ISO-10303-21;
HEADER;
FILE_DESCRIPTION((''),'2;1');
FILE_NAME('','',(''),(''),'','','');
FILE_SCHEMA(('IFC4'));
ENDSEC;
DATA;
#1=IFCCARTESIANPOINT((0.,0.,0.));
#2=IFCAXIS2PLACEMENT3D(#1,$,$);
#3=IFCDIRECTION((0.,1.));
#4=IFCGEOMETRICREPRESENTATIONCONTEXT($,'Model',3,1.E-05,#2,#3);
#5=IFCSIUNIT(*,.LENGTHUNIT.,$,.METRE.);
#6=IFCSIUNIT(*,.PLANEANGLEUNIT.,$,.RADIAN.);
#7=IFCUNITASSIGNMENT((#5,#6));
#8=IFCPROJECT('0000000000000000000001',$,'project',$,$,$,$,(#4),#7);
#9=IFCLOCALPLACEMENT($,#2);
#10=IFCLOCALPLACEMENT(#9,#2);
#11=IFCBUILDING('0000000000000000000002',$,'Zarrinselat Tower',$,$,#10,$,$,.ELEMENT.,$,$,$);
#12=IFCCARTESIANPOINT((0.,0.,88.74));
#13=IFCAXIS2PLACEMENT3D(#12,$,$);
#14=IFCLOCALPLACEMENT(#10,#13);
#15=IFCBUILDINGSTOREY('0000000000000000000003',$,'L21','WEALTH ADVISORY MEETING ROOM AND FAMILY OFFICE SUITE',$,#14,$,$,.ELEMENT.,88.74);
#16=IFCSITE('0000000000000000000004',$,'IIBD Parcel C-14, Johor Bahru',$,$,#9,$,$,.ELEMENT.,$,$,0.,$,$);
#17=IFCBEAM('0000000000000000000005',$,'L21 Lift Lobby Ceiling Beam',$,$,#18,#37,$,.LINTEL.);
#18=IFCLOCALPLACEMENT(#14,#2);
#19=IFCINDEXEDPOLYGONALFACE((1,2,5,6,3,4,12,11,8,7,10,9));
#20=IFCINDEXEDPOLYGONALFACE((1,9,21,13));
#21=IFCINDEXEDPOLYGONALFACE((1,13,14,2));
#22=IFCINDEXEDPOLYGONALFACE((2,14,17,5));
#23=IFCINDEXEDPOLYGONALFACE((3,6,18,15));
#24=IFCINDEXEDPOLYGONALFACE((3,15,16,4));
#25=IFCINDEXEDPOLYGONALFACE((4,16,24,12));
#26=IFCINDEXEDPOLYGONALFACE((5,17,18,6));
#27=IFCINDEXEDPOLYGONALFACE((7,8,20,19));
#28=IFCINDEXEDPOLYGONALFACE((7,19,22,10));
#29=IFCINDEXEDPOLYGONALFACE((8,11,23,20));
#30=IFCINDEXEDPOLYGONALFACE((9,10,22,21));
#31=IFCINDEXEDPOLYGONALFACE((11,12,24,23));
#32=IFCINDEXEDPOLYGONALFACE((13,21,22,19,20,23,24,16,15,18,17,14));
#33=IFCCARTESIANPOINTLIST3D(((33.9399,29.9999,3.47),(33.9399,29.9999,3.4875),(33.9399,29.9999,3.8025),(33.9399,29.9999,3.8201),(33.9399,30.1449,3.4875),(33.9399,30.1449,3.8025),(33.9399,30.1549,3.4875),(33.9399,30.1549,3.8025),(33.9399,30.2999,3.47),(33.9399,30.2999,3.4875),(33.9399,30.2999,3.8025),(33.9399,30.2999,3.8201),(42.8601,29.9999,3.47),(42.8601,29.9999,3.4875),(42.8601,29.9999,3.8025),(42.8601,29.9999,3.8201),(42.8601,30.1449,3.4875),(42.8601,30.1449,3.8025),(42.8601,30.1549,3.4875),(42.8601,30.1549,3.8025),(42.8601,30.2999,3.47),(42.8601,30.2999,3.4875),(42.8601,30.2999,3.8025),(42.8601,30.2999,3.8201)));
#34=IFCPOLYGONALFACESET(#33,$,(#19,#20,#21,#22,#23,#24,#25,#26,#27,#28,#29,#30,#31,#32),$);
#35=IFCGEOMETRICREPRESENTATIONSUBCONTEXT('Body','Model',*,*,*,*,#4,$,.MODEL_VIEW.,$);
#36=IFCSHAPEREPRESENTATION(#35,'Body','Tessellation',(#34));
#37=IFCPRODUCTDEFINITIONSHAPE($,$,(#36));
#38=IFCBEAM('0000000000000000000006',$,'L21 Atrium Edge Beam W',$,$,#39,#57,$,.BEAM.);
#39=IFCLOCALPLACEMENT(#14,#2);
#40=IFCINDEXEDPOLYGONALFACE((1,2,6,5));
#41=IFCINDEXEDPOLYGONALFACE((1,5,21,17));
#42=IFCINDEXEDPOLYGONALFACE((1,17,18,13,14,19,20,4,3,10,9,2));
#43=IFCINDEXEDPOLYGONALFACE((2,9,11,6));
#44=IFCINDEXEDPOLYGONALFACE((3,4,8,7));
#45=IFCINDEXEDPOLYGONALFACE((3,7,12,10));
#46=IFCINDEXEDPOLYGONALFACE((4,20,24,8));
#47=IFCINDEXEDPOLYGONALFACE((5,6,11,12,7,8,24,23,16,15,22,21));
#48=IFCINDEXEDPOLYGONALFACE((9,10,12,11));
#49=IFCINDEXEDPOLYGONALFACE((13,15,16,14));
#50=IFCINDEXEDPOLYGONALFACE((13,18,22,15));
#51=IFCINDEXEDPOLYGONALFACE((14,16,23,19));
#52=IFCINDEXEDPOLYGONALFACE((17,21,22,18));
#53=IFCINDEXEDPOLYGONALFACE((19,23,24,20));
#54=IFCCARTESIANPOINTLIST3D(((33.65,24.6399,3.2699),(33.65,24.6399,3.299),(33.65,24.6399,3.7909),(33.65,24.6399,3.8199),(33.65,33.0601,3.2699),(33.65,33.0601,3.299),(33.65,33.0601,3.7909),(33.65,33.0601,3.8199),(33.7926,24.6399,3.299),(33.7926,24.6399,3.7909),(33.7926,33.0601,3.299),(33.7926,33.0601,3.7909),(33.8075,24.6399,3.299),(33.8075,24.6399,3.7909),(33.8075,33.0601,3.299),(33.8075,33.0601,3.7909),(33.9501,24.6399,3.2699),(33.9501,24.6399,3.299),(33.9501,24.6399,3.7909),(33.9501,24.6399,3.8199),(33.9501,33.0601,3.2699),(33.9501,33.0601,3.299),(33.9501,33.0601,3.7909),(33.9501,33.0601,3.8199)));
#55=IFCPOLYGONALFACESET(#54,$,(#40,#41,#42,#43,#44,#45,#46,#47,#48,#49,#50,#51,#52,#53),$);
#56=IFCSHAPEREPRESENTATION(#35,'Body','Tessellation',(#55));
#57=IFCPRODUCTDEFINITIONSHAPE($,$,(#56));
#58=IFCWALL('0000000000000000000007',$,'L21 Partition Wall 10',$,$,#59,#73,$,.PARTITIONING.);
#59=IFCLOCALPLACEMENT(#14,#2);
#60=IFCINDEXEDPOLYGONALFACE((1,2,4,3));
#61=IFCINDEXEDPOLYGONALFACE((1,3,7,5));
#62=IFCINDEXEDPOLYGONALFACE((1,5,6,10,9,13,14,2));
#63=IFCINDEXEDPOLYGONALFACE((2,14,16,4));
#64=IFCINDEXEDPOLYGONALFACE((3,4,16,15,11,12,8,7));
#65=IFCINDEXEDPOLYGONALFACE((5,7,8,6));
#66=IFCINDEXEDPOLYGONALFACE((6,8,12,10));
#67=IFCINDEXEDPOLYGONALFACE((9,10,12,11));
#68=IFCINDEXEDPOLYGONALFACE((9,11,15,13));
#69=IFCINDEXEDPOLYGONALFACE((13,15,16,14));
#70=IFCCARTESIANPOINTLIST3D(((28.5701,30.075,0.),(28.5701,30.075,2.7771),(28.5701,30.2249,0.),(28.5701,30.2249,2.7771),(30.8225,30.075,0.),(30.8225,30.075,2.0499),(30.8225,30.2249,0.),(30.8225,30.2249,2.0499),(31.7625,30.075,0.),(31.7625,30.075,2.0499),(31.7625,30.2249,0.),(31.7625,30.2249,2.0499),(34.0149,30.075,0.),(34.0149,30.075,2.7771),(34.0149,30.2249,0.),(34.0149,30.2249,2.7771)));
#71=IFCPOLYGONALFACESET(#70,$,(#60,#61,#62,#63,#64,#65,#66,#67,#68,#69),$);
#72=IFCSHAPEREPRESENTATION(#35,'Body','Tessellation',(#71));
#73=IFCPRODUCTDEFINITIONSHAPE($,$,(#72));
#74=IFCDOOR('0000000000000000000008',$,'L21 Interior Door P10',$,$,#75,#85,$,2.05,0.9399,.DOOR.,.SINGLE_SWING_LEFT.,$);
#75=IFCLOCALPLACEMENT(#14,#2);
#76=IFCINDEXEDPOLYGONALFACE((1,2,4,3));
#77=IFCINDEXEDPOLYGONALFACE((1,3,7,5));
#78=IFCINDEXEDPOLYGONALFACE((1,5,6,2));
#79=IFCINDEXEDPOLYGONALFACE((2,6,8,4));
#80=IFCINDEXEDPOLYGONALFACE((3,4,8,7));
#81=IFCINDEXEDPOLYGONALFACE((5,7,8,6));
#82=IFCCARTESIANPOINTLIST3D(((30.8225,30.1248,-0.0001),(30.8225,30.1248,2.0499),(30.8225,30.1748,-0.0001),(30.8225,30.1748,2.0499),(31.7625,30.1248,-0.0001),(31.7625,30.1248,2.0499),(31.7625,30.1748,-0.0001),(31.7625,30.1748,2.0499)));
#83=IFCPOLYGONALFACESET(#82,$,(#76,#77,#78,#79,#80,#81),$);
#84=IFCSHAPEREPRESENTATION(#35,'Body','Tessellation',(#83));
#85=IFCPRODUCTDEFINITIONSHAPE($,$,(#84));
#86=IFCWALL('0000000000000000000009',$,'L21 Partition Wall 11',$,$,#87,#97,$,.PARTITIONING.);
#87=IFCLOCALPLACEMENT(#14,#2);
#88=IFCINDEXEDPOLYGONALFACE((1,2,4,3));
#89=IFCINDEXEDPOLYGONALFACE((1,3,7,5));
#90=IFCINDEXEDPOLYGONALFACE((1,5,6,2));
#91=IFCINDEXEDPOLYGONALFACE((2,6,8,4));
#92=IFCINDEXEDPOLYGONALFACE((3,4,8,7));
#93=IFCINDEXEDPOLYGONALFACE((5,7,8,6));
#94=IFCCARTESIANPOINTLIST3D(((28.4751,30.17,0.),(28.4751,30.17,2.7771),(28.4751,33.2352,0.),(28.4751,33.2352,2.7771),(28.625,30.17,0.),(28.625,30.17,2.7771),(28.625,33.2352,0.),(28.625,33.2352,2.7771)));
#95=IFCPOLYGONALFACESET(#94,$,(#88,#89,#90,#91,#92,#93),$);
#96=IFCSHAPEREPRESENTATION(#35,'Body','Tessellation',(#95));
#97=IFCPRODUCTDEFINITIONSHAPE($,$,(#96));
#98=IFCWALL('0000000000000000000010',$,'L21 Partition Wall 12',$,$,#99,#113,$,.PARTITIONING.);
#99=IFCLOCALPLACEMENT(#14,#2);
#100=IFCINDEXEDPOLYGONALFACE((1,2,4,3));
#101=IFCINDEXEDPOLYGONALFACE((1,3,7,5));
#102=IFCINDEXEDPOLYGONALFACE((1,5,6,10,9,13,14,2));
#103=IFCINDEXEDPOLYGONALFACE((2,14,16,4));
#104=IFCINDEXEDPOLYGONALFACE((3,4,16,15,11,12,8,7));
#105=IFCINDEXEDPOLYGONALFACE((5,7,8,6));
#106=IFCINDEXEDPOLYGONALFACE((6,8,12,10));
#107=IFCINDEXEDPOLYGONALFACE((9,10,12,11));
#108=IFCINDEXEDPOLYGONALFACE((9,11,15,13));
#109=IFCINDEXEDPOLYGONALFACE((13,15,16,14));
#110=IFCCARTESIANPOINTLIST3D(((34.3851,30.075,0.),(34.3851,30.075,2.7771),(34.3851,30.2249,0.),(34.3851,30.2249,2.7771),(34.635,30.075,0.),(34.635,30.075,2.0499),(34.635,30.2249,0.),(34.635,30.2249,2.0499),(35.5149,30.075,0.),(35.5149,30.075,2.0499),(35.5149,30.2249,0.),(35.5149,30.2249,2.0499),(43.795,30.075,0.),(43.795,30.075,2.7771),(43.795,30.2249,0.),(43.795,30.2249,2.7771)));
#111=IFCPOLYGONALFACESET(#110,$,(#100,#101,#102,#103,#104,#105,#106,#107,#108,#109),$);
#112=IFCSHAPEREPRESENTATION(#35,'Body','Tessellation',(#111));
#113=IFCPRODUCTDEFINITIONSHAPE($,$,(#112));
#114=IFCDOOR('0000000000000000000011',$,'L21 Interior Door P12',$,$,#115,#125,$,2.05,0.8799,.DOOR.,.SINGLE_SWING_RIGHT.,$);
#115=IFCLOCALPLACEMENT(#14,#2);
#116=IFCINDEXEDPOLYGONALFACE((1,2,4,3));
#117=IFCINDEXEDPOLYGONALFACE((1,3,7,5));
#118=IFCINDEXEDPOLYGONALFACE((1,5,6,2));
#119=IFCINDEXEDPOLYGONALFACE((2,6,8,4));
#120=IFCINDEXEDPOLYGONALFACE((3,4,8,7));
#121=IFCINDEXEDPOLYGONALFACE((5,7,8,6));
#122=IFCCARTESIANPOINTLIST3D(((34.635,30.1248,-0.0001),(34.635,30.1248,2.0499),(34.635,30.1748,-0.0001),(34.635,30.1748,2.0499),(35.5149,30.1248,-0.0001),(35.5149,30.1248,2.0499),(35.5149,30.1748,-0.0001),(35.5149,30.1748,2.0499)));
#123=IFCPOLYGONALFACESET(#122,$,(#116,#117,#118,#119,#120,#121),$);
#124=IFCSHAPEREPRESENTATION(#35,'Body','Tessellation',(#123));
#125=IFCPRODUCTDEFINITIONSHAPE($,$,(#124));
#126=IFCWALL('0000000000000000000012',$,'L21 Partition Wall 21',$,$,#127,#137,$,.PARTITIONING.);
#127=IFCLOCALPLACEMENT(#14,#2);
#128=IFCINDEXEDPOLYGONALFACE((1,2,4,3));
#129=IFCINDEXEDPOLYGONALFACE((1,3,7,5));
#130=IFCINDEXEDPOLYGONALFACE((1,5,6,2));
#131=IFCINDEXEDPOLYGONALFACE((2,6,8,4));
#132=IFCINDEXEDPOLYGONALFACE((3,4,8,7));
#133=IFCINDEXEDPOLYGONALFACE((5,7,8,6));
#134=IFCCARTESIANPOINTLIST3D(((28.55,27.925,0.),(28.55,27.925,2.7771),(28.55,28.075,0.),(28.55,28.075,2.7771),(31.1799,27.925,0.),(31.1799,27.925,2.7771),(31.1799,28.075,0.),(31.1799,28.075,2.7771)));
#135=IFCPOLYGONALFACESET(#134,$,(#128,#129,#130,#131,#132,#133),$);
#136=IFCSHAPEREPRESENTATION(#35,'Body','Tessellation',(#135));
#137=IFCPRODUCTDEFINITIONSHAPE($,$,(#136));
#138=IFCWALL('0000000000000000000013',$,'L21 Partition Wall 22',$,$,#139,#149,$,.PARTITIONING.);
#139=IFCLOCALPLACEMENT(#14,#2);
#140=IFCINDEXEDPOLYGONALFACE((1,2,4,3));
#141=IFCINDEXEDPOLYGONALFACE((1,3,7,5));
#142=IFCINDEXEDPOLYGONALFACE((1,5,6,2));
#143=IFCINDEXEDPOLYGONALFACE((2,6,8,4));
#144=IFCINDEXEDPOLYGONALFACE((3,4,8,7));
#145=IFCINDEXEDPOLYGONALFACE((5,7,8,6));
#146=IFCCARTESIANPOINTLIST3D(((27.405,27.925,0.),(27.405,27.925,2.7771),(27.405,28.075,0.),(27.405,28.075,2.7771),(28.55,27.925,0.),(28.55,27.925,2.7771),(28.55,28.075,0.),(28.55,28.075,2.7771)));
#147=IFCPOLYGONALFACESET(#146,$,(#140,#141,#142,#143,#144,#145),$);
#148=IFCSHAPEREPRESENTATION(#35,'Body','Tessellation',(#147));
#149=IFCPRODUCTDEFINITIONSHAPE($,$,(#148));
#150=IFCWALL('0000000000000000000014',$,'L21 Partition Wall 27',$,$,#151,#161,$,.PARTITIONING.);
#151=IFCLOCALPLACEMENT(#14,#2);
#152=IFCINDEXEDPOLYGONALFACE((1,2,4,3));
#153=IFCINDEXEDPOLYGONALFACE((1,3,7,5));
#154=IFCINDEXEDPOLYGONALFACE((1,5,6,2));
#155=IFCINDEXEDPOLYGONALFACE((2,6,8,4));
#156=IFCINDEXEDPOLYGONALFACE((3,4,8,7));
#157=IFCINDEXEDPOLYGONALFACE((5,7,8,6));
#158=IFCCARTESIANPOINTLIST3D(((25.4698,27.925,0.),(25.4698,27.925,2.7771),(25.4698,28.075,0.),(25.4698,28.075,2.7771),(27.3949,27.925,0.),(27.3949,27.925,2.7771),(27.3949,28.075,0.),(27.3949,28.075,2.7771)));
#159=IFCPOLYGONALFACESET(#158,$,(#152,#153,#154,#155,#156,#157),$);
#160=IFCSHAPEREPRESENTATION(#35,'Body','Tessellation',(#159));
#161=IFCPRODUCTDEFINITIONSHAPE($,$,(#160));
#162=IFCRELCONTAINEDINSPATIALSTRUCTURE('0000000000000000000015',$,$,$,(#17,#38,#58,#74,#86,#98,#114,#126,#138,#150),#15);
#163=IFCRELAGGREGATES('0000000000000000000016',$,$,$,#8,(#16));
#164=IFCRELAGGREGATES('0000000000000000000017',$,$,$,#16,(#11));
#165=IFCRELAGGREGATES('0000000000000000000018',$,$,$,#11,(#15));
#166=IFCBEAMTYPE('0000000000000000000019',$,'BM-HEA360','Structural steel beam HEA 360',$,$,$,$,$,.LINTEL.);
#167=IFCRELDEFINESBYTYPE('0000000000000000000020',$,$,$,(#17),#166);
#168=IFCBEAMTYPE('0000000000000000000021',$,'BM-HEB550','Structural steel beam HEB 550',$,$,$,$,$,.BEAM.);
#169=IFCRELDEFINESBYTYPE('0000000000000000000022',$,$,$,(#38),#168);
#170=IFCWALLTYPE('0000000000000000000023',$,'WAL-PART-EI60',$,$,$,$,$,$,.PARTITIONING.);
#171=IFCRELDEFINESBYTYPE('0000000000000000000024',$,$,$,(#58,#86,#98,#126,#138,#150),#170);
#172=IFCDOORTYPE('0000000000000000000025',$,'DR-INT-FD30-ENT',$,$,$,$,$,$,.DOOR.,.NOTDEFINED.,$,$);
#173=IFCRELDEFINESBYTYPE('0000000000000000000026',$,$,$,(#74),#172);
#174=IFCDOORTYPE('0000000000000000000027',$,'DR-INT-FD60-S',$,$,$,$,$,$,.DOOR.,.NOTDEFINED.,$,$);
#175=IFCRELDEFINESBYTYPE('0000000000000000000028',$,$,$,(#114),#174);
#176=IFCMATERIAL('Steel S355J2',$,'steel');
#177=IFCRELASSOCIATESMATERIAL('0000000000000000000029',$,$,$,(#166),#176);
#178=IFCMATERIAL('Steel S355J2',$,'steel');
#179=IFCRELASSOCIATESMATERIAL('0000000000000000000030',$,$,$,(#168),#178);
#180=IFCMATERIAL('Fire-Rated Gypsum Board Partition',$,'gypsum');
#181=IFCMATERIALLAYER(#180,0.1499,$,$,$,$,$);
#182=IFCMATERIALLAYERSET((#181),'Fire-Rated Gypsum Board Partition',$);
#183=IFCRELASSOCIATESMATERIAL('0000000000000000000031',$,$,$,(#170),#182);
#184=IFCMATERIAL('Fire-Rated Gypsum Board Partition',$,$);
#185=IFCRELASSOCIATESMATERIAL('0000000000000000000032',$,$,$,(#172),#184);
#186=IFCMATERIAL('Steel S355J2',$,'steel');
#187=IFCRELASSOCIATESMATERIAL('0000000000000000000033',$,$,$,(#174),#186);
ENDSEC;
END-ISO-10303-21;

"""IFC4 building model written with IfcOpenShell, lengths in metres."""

from ifc_helpers import new_model, si_unit, direction, frame, frame_2d, origin, origin_2d, place, context, subcontext, project, spatial, rectangle, i_section, extrude, material, layer, layer_set, material_profile, profile_set, type_object, element, fill, save


model = new_model("IFC4")

# Units and contexts
model_context = context("Model", 3, precision=1e-05, world=origin(), true_north=direction((0.0, 1.0)))
body_context = subcontext(model_context, "Body", "Model", "MODEL_VIEW")
ifc_project = project(units=[si_unit("LENGTHUNIT", "METRE"), si_unit("PLANEANGLEUNIT", "RADIAN")], contexts=[model_context])

# Site, building, storey
site_placement = place(None, origin())
site = spatial("IfcSite", under=ifc_project, at=site_placement, Name="IIBD Parcel C-14, Johor Bahru", CompositionType="ELEMENT", RefElevation=0.0)
building_placement = place(site_placement, origin())
building = spatial("IfcBuilding", under=site, at=building_placement, Name="Zarrinselat Tower", CompositionType="ELEMENT")
storey_placement = place(building_placement, frame((0.0, 0.0, 88.74)))
storey = spatial("IfcBuildingStorey", under=building, at=storey_placement, Name="L21", Description="WEALTH ADVISORY MEETING ROOM AND FAMILY OFFICE SUITE", CompositionType="ELEMENT", Elevation=88.74)

# Beams
ifc_material_1 = material(Name="Steel S355J2", Category="steel")
ifc_material_profile_1 = material_profile(ifc_material_1, i_section(OverallWidth=0.3, OverallDepth=0.3501, WebThickness=0.01, FlangeThickness=0.0176, at=origin_2d()), Name="HEA 360")
ifc_profile_set_1 = profile_set([ifc_material_profile_1], Name="Steel S355J2")
beam_type_1 = type_object("IfcBeamType", Name="BM-HEA360", Description="Structural steel beam HEA 360", PredefinedType="LINTEL", material=ifc_profile_set_1)
beam_1_placement = place(storey_placement, frame((33.9399, 30.1499, 3.645), z_axis=(1.0, 0.0, 0.0), x_axis=(0.0, 1.0, 0.0)))
element("IfcBeam", 1, at=beam_1_placement, inside=storey, type_object=beam_type_1, Name="L21 Lift Lobby Ceiling Beam", PredefinedType="LINTEL", context=body_context, shape_type="SweptSolid", body=[
    extrude(i_section(OverallWidth=0.3, OverallDepth=0.3501, WebThickness=0.01, FlangeThickness=0.0176, at=origin_2d()), origin(), (0.0, 0.0, 1.0), 8.9202),
])
ifc_material_2 = material(Name="Steel S355J2", Category="steel")
ifc_material_profile_2 = material_profile(ifc_material_2, i_section(OverallWidth=0.3, OverallDepth=0.55, WebThickness=0.0149, FlangeThickness=0.0291, at=origin_2d()), Name="HEB 550")
ifc_profile_set_2 = profile_set([ifc_material_profile_2], Name="Steel S355J2")
beam_type_2 = type_object("IfcBeamType", Name="BM-HEB550", Description="Structural steel beam HEB 550", PredefinedType="BEAM", material=ifc_profile_set_2)
beam_2_placement = place(storey_placement, frame((33.8, 24.6399, 3.5449), z_axis=(0.0, 1.0, 0.0), x_axis=(-1.0, 0.0, 0.0)))
element("IfcBeam", 2, at=beam_2_placement, inside=storey, type_object=beam_type_2, Name="L21 Atrium Edge Beam W", PredefinedType="BEAM", context=body_context, shape_type="SweptSolid", body=[
    extrude(i_section(OverallWidth=0.3, OverallDepth=0.55, WebThickness=0.0149, FlangeThickness=0.0291, at=origin_2d()), origin(), (0.0, 0.0, 1.0), 8.4202),
])

# Wall, opening, door
ifc_material_3 = material(Name="Fire-Rated Gypsum Board Partition", Category="gypsum")
ifc_layer_1 = layer(ifc_material_3, 0.1499)
ifc_layer_set_1 = layer_set([ifc_layer_1], Name="Fire-Rated Gypsum Board Partition")
wall_type_1 = type_object("IfcWallType", Name="WAL-PART-EI60", PredefinedType="PARTITIONING", material=ifc_layer_set_1)
wall_1_placement = place(storey_placement, frame((28.5701, 30.1499, 0.0), z_axis=(0.0, 0.0, 1.0), x_axis=(1.0, 0.0, 0.0)))
wall_1 = element("IfcWall", 3, at=wall_1_placement, inside=storey, type_object=wall_type_1, Name="L21 Partition Wall 10", PredefinedType="PARTITIONING", context=body_context, shape_type="SweptSolid", body=[
    extrude(rectangle(XDim=5.4448, YDim=0.1499, at=frame_2d((2.7224, 0.0))), origin(), (0.0, 0.0, 1.0), 2.7771),
])
opening_1_placement = place(wall_1_placement, frame((2.2524, 0.0, 0.0)))
opening_1 = element("IfcOpeningElement", 4, at=opening_1_placement, cuts=wall_1, PredefinedType="OPENING", context=body_context, shape_type="SweptSolid", body=[
    extrude(rectangle(XDim=0.9399, YDim=2.05, at=frame_2d((0.47, 1.0249))), frame((0.0, 0.085, 0.0), z_axis=(0.0, -1.0, 0.0), x_axis=(1.0, 0.0, 0.0)), (0.0, 0.0, 1.0), 0.1699),
])
ifc_material_4 = material(Name="Fire-Rated Gypsum Board Partition")
door_type_1 = type_object("IfcDoorType", Name="DR-INT-FD30-ENT", OperationType="NOTDEFINED", PredefinedType="DOOR", material=ifc_material_4)
door_1_placement = place(opening_1_placement, origin())
door_1 = element("IfcDoor", 5, at=door_1_placement, inside=storey, type_object=door_type_1, Name="L21 Interior Door P10", OperationType="SINGLE_SWING_LEFT", OverallHeight=2.05, OverallWidth=0.9399, PredefinedType="DOOR", context=body_context, shape_type="SweptSolid", body=[
    extrude(rectangle(XDim=0.9399, YDim=2.05, at=frame_2d((0.47, 1.0249))), frame((0.0, 0.0249, 0.0), z_axis=(0.0, -1.0, 0.0), x_axis=(1.0, 0.0, 0.0)), (0.0, 0.0, 1.0), 0.05),
])
fill(opening_1, door_1)

# Wall
wall_2_placement = place(storey_placement, frame((28.55, 30.1699, 0.0), z_axis=(0.0, 0.0, 1.0), x_axis=(0.0, 1.0, 0.0)))
element("IfcWall", 6, at=wall_2_placement, inside=storey, type_object=wall_type_1, Name="L21 Partition Wall 11", PredefinedType="PARTITIONING", context=body_context, shape_type="SweptSolid", body=[
    extrude(rectangle(XDim=3.0652, YDim=0.1499, at=frame_2d((1.5327, 0.0))), origin(), (0.0, 0.0, 1.0), 2.7771),
])

# Wall, opening, door
wall_3_placement = place(storey_placement, frame((34.385, 30.1499, 0.0), z_axis=(0.0, 0.0, 1.0), x_axis=(1.0, 0.0, 0.0)))
wall_3 = element("IfcWall", 7, at=wall_3_placement, inside=storey, type_object=wall_type_1, Name="L21 Partition Wall 12", PredefinedType="PARTITIONING", context=body_context, shape_type="SweptSolid", body=[
    extrude(rectangle(XDim=9.4099, YDim=0.1499, at=frame_2d((4.7051, 0.0))), origin(), (0.0, 0.0, 1.0), 2.7771),
])
opening_2_placement = place(wall_3_placement, frame((0.25, 0.0, 0.0)))
opening_2 = element("IfcOpeningElement", 8, at=opening_2_placement, cuts=wall_3, PredefinedType="OPENING", context=body_context, shape_type="SweptSolid", body=[
    extrude(rectangle(XDim=0.8799, YDim=2.05, at=frame_2d((0.4399, 1.0249))), frame((0.0, 0.085, 0.0), z_axis=(0.0, -1.0, 0.0), x_axis=(1.0, 0.0, 0.0)), (0.0, 0.0, 1.0), 0.1699),
])
ifc_material_5 = material(Name="Steel S355J2", Category="steel")
door_type_2 = type_object("IfcDoorType", Name="DR-INT-FD60-S", OperationType="NOTDEFINED", PredefinedType="DOOR", material=ifc_material_5)
door_2_placement = place(opening_2_placement, origin())
door_2 = element("IfcDoor", 9, at=door_2_placement, inside=storey, type_object=door_type_2, Name="L21 Interior Door P12", OperationType="SINGLE_SWING_RIGHT", OverallHeight=2.05, OverallWidth=0.8799, PredefinedType="DOOR", context=body_context, shape_type="SweptSolid", body=[
    extrude(rectangle(XDim=0.8799, YDim=2.05, at=frame_2d((0.4399, 1.0249))), frame((0.0, 0.0249, 0.0), z_axis=(0.0, -1.0, 0.0), x_axis=(1.0, 0.0, 0.0)), (0.0, 0.0, 1.0), 0.05),
])
fill(opening_2, door_2)

# Walls
wall_4_placement = place(storey_placement, frame((28.55, 28.0, 0.0), z_axis=(0.0, 0.0, 1.0), x_axis=(1.0, 0.0, 0.0)))
element("IfcWall", 10, at=wall_4_placement, inside=storey, type_object=wall_type_1, Name="L21 Partition Wall 21", PredefinedType="PARTITIONING", context=body_context, shape_type="SweptSolid", body=[
    extrude(rectangle(XDim=2.6299, YDim=0.1499, at=frame_2d((1.3149, 0.0))), origin(), (0.0, 0.0, 1.0), 2.7771),
])
wall_5_placement = place(storey_placement, frame((27.405, 28.0, 0.0), z_axis=(0.0, 0.0, 1.0), x_axis=(1.0, 0.0, 0.0)))
element("IfcWall", 11, at=wall_5_placement, inside=storey, type_object=wall_type_1, Name="L21 Partition Wall 22", PredefinedType="PARTITIONING", context=body_context, shape_type="SweptSolid", body=[
    extrude(rectangle(XDim=1.145, YDim=0.1499, at=frame_2d((0.5725, 0.0))), origin(), (0.0, 0.0, 1.0), 2.7771),
])
wall_6_placement = place(storey_placement, frame((25.47, 28.0, 0.0), z_axis=(0.0, 0.0, 1.0), x_axis=(1.0, 0.0, 0.0)))
element("IfcWall", 12, at=wall_6_placement, inside=storey, type_object=wall_type_1, Name="L21 Partition Wall 27", PredefinedType="PARTITIONING", context=body_context, shape_type="SweptSolid", body=[
    extrude(rectangle(XDim=1.925, YDim=0.1499, at=frame_2d((0.9624, 0.0))), origin(), (0.0, 0.0, 1.0), 2.7771),
])

save(model, "model.ifc")
